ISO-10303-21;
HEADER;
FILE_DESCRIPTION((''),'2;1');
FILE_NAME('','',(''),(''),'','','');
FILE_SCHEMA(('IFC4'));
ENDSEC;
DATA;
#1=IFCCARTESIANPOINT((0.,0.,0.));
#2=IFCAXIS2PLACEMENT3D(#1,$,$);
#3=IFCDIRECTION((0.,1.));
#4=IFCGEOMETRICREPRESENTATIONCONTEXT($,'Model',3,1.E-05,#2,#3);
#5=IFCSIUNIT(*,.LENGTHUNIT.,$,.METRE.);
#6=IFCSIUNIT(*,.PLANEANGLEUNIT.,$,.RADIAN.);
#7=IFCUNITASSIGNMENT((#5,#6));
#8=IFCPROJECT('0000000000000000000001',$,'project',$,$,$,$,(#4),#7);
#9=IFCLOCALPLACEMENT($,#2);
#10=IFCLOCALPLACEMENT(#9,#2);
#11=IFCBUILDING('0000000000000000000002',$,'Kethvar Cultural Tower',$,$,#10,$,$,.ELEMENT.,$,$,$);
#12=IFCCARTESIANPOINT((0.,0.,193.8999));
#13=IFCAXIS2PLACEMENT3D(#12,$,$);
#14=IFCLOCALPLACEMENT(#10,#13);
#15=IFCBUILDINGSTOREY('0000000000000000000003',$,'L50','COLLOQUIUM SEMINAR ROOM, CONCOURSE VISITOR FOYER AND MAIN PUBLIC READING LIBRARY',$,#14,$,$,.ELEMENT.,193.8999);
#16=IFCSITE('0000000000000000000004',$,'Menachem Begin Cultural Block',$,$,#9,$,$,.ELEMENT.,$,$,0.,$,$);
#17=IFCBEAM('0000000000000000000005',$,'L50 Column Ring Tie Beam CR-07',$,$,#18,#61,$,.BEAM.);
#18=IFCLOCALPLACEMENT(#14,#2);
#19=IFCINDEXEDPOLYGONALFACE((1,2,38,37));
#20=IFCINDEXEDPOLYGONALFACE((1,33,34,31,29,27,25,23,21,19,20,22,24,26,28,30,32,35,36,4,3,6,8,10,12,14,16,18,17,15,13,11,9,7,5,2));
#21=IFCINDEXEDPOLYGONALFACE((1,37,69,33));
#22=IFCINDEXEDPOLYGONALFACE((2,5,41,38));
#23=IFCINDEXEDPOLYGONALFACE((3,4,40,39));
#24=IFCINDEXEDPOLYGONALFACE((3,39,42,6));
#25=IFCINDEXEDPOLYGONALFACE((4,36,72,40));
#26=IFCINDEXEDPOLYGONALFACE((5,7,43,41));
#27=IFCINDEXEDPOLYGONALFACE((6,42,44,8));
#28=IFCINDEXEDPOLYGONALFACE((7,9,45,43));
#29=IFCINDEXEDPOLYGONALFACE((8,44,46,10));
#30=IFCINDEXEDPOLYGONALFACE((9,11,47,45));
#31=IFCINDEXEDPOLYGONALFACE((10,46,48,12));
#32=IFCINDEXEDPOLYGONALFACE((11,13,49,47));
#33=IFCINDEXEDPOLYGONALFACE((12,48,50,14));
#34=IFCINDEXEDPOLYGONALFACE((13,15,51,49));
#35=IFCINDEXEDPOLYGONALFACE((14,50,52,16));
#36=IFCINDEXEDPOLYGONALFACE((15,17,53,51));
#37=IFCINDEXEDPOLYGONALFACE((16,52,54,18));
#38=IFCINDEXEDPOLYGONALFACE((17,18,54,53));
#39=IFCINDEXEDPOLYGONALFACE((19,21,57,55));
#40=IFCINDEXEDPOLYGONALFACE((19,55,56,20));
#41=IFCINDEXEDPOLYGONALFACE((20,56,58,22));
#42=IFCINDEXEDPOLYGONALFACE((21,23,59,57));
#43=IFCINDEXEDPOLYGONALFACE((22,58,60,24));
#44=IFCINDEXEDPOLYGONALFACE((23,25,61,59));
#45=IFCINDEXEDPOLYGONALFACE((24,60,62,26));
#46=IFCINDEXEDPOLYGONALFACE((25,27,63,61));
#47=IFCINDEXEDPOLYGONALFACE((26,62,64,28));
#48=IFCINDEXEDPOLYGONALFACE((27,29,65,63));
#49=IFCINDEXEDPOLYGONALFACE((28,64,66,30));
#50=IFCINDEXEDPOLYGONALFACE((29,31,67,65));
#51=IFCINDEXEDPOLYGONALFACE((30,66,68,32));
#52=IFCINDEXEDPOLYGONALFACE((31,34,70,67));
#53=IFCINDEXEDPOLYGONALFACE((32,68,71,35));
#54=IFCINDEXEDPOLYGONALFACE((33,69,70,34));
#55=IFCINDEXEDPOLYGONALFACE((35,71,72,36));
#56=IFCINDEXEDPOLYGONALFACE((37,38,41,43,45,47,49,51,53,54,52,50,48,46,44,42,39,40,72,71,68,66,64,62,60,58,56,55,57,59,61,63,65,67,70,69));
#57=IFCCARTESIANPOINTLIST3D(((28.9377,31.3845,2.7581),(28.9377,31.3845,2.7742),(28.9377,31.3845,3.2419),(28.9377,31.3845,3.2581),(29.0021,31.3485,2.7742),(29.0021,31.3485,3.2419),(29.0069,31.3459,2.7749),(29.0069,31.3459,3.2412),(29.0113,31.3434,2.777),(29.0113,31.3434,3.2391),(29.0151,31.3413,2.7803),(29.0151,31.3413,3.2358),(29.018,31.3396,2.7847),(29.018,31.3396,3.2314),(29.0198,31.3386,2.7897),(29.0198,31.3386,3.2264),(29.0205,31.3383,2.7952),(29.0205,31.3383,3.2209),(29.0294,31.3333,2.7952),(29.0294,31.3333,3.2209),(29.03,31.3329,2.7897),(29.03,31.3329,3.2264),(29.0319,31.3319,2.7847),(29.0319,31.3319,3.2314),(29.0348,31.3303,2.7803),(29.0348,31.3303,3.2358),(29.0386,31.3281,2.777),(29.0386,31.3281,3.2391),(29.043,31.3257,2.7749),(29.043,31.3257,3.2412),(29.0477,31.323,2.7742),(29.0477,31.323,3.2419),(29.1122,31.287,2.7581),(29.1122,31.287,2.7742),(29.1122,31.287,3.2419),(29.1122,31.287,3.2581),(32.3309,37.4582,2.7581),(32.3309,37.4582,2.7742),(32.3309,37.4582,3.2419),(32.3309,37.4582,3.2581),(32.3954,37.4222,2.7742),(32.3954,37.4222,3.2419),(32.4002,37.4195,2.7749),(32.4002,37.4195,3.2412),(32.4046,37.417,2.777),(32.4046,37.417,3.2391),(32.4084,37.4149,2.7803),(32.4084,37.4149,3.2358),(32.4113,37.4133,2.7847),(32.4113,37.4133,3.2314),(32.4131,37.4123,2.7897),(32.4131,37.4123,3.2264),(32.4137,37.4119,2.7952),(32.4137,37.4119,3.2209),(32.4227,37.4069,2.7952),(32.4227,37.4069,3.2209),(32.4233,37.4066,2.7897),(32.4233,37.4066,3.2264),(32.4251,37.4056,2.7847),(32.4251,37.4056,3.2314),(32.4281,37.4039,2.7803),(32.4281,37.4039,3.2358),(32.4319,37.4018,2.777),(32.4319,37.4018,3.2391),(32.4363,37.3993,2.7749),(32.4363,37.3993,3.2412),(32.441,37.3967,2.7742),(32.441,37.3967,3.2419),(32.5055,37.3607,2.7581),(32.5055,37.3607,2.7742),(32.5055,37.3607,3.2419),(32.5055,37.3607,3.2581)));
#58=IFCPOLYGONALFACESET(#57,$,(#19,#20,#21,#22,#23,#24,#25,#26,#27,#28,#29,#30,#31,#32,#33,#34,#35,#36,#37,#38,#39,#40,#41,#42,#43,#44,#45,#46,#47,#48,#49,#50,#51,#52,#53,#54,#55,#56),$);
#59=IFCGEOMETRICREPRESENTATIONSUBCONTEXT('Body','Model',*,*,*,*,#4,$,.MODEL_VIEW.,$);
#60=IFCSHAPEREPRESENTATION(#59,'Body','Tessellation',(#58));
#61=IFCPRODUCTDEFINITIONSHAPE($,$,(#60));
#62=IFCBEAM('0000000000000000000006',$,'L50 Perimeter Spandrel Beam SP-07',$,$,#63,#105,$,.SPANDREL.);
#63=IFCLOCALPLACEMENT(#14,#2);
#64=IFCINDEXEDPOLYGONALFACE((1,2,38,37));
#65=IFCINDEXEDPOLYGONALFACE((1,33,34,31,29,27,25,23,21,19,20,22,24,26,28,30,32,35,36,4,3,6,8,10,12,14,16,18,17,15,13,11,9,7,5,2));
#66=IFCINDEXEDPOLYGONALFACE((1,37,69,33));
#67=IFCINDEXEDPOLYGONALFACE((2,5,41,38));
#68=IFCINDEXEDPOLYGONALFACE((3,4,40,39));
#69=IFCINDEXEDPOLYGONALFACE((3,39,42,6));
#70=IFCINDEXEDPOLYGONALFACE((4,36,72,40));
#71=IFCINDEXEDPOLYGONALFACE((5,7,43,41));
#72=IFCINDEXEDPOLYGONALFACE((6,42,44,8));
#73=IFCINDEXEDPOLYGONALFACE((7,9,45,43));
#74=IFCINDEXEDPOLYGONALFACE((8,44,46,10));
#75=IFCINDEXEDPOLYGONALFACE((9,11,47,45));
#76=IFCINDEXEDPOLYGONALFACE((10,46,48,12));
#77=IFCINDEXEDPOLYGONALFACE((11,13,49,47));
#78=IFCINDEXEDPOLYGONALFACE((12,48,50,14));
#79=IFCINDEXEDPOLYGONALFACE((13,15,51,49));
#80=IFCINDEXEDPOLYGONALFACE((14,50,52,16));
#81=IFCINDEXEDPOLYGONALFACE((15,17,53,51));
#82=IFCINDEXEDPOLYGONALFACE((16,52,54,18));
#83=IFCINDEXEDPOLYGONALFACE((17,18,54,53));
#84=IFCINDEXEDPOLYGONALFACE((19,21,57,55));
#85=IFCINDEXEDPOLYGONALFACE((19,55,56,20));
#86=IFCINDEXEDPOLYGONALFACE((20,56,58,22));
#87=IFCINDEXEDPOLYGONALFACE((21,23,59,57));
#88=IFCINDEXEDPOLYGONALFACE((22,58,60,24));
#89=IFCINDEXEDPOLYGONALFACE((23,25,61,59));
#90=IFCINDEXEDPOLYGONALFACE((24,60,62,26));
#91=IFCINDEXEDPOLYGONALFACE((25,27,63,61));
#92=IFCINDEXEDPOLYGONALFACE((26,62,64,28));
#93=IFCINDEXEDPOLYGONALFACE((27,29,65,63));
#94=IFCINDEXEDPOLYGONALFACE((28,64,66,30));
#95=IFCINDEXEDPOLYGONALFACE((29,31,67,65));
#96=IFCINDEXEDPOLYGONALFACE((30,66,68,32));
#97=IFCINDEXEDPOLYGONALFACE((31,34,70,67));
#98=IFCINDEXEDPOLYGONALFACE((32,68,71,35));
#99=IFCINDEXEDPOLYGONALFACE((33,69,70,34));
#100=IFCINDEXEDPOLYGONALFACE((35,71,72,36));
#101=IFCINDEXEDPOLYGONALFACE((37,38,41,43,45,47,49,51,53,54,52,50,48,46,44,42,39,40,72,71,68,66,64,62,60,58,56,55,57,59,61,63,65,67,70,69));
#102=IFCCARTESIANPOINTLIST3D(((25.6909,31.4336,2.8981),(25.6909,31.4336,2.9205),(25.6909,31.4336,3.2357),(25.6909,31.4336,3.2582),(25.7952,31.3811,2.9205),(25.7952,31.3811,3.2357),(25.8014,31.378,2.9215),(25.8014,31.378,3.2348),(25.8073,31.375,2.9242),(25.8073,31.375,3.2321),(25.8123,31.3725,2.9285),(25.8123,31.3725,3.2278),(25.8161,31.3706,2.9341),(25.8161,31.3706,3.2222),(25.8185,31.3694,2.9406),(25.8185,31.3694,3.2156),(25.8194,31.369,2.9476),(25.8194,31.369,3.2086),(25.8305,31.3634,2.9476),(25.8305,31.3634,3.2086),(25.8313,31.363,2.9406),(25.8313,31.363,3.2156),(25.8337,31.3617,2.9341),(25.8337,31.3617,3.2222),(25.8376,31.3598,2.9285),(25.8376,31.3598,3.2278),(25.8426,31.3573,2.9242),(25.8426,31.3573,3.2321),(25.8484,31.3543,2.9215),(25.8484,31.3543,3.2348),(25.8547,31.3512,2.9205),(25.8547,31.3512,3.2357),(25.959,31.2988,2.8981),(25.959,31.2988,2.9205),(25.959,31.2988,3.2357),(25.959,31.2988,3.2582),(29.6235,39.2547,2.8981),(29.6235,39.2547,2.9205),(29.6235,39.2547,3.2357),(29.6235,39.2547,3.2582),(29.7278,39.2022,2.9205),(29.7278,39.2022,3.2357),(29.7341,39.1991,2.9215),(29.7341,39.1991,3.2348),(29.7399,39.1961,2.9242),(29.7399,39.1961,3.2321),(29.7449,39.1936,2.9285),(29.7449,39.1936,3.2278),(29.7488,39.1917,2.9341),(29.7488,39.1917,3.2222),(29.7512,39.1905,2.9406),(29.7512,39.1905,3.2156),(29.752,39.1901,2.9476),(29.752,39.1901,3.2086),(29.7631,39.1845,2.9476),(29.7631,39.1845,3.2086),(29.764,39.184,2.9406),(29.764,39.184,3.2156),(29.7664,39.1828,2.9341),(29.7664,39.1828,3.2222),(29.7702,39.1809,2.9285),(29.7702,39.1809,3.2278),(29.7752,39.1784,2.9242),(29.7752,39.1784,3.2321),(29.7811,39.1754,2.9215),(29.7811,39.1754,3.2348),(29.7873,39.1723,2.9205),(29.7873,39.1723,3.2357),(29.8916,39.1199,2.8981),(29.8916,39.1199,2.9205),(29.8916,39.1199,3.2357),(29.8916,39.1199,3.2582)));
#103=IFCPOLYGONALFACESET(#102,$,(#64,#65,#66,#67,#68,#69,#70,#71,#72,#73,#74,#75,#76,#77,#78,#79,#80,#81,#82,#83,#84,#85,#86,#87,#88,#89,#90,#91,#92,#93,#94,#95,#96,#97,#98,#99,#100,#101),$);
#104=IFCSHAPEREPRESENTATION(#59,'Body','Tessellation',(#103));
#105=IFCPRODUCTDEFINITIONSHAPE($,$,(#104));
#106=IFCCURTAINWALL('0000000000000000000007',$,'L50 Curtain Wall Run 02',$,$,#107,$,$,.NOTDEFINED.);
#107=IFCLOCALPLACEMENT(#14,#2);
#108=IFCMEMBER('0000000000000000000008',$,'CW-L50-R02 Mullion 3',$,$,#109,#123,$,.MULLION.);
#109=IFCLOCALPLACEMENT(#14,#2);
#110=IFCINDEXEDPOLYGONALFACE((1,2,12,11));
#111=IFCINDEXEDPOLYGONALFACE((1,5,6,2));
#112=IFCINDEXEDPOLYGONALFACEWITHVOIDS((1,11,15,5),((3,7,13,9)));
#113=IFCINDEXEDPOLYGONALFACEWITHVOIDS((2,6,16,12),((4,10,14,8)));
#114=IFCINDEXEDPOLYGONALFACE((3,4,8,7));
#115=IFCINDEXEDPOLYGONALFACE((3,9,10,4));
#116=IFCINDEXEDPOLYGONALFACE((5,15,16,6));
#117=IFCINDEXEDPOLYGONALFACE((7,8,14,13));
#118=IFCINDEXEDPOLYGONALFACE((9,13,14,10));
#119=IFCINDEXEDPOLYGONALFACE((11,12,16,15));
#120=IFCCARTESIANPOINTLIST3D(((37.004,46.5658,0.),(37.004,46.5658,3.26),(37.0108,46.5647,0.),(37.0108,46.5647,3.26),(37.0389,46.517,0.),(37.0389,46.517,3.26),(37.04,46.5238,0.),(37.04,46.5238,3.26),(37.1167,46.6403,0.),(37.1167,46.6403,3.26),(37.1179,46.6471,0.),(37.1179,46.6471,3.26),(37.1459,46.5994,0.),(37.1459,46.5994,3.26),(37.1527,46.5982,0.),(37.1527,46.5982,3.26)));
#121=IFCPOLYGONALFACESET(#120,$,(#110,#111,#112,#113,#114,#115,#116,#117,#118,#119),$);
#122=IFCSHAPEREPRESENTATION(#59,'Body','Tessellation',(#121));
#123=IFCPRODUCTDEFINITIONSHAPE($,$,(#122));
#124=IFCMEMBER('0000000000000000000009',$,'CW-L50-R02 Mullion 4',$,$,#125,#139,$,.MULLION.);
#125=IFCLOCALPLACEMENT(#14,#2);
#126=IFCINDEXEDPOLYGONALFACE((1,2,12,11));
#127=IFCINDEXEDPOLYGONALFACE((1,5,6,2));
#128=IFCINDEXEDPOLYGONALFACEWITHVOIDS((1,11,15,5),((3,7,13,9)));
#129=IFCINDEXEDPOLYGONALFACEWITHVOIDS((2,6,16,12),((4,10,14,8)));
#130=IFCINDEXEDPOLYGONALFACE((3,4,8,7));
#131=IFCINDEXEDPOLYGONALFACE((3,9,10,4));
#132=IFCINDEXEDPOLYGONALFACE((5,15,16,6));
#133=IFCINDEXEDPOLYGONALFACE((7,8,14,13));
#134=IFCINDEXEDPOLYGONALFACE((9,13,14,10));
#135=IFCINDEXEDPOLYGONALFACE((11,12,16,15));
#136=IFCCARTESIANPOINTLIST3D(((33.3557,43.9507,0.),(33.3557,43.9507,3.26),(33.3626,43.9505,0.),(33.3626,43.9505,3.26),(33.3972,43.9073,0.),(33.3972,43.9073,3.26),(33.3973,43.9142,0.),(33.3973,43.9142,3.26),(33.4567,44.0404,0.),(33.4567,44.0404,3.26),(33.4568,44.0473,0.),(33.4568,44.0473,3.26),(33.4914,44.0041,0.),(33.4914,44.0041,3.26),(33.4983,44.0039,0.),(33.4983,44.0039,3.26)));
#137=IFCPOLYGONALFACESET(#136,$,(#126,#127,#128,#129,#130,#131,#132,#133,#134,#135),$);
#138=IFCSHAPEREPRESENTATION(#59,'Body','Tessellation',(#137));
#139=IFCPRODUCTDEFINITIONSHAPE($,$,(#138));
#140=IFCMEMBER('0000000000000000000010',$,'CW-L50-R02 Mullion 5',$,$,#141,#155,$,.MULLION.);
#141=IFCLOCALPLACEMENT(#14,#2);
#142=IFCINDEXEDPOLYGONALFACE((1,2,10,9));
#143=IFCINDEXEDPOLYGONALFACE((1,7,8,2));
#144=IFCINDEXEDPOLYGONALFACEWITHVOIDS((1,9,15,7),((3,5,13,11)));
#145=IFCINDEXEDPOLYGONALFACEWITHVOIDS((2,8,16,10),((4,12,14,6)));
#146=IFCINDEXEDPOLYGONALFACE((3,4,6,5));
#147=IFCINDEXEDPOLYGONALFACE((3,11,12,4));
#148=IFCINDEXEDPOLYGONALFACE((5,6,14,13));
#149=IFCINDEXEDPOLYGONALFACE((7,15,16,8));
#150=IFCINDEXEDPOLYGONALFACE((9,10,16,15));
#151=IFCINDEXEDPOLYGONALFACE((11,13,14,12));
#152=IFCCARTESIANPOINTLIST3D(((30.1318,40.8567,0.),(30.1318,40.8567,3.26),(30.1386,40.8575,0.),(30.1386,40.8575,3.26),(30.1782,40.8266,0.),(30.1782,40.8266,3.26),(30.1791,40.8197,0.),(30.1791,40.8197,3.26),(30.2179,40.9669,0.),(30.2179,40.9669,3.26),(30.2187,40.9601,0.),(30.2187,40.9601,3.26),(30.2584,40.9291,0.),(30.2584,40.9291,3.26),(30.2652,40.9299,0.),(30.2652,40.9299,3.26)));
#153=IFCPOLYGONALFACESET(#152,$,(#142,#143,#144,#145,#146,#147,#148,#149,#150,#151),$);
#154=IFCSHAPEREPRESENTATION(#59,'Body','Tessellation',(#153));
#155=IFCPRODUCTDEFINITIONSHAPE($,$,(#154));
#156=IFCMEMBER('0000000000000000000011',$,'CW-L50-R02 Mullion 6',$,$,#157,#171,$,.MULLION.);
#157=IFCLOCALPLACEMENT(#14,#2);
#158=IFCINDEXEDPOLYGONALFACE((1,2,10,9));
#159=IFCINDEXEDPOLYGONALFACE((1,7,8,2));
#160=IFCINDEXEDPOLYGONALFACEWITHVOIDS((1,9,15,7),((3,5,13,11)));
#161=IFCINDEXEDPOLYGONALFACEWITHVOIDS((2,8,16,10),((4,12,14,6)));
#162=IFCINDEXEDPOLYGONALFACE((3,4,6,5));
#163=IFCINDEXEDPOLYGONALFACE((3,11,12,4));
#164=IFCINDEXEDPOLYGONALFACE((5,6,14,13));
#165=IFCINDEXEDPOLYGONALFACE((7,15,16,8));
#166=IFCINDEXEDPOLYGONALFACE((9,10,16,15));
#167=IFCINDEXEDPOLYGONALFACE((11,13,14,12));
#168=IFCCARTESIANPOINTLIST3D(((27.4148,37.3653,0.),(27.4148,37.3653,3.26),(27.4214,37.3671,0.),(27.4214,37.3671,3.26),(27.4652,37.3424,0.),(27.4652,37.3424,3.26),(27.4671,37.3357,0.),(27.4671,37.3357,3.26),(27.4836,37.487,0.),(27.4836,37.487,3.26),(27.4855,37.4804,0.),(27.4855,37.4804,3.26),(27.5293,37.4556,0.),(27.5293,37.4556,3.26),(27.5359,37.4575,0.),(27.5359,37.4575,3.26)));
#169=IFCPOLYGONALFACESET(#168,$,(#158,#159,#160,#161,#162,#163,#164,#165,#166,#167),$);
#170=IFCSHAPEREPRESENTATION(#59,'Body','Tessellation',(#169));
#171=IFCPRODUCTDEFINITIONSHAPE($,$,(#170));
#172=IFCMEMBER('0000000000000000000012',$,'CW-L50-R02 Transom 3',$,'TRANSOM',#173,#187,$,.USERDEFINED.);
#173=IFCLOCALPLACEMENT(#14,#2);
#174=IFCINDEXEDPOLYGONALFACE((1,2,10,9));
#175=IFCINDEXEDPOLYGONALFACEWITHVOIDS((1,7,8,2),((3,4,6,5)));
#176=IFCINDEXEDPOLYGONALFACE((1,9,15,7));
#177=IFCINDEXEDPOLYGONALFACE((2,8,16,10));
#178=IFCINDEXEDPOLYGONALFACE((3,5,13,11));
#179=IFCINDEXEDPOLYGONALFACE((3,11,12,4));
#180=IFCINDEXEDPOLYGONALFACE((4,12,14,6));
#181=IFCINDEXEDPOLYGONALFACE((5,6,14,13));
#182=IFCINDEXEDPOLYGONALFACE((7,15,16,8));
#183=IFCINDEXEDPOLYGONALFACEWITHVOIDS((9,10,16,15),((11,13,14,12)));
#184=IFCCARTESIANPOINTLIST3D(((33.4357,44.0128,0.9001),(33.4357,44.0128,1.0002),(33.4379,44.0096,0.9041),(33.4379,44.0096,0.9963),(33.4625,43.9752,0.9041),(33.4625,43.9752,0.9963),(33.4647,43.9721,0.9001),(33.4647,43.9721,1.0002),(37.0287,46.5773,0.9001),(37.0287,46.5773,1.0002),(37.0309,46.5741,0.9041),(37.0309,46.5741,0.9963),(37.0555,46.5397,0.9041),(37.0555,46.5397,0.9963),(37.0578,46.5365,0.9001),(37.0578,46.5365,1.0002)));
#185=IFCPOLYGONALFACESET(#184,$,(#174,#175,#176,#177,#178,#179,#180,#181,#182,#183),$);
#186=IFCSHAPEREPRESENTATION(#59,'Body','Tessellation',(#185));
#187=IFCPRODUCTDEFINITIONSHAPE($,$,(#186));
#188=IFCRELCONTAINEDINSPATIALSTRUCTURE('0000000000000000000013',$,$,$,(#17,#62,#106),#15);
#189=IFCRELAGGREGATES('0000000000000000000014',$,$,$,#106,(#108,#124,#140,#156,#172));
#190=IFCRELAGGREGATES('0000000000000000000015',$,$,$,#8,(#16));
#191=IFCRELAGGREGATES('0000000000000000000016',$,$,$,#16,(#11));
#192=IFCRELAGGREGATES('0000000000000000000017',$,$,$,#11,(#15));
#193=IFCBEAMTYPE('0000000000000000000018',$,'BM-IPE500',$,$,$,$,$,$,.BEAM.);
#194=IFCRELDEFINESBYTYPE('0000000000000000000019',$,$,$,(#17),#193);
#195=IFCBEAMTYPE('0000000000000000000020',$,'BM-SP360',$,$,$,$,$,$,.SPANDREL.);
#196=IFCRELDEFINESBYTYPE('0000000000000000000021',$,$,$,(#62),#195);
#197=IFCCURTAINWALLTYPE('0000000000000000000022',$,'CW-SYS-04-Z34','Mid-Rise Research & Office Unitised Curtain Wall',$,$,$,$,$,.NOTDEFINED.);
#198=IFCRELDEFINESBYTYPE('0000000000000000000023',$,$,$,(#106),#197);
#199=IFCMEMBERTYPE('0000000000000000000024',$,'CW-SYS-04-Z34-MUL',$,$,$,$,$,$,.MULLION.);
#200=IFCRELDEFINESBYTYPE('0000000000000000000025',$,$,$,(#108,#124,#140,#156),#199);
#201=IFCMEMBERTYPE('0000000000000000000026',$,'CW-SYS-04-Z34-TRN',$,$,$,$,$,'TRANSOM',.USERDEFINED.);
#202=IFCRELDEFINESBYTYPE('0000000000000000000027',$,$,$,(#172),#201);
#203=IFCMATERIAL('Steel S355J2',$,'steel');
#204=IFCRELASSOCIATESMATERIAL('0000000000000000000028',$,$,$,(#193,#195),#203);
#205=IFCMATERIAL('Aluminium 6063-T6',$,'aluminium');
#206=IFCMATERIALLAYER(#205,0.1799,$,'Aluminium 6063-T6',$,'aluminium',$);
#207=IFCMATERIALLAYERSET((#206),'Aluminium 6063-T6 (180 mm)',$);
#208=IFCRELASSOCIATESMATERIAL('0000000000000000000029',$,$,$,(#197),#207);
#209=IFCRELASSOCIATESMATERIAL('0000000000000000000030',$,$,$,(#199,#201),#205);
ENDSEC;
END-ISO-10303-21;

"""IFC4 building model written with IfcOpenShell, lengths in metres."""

from ifc_helpers import new_model, si_unit, direction, frame, origin, origin_2d, place, context, subcontext, project, spatial, hollow_rectangle, i_section, extrude, source, transform, mapped, material, layer, layer_set, material_profile, profile_set, type_object, element, aggregate, save


model = new_model("IFC4")

# Units and contexts
model_context = context("Model", 3, precision=1e-05, world=origin(), true_north=direction((0.0, 1.0)))
body_context = subcontext(model_context, "Body", "Model", "MODEL_VIEW")
ifc_project = project(units=[si_unit("LENGTHUNIT", "METRE"), si_unit("PLANEANGLEUNIT", "RADIAN")], contexts=[model_context])

# Site, building, storey
site_placement = place(None, origin())
site = spatial("IfcSite", under=ifc_project, at=site_placement, Name="Menachem Begin Cultural Block", CompositionType="ELEMENT", RefElevation=0.0)
building_placement = place(site_placement, origin())
building = spatial("IfcBuilding", under=site, at=building_placement, Name="Kethvar Cultural Tower", CompositionType="ELEMENT")
storey_placement = place(building_placement, frame((0.0, 0.0, 193.8999)))
storey = spatial("IfcBuildingStorey", under=building, at=storey_placement, Name="L50", Description="COLLOQUIUM SEMINAR ROOM, CONCOURSE VISITOR FOYER AND MAIN PUBLIC READING LIBRARY", CompositionType="ELEMENT", Elevation=193.8999)

# Beams
ifc_material_1 = material(Name="Steel S355J2", Category="steel")
ifc_material_profile_1 = material_profile(ifc_material_1, i_section(OverallWidth=0.2, OverallDepth=0.5, WebThickness=0.0103, FlangeThickness=0.0161, FilletRadius=0.021, at=origin_2d()), Name="Steel S355J2 — IPE500")
ifc_profile_set_1 = profile_set([ifc_material_profile_1], Name="Steel S355J2 — IPE500")
beam_type_1 = type_object("IfcBeamType", Name="BM-IPE500", PredefinedType="BEAM", material=ifc_profile_set_1)
ifc_material_profile_2 = material_profile(ifc_material_1, i_section(OverallWidth=0.3, OverallDepth=0.3601, WebThickness=0.0125, FlangeThickness=0.0225, FilletRadius=0.0271, at=origin_2d()), Name="Steel S355J2 — HEB360")
ifc_profile_set_2 = profile_set([ifc_material_profile_2], Name="Steel S355J2 — HEB360")
beam_type_2 = type_object("IfcBeamType", Name="BM-SP360", PredefinedType="SPANDREL", material=ifc_profile_set_2)
shared_shape_1 = source(origin(), body_context, "Body", "SweptSolid", [
    extrude(i_section(OverallWidth=0.2, OverallDepth=0.5, WebThickness=0.0103, FlangeThickness=0.0161, FilletRadius=0.021, at=origin_2d()), origin(), (0.0, 0.0, 1.0), 6.9573),
])
beam_1_placement = place(storey_placement, frame((32.4182, 37.4094, 3.0081), z_axis=(-0.48773, -0.872994, 0.0), x_axis=(0.872994, -0.48773, 0.0)))
element("IfcBeam", 1, at=beam_1_placement, inside=storey, type_object=beam_type_1, Name="L50 Column Ring Tie Beam CR-07", PredefinedType="BEAM", context=body_context, shape_type="MappedRepresentation", body=[
    mapped(shared_shape_1, transform((0.0, 0.0, 0.0), scale=1.0)),
])
shared_shape_2 = source(origin(), body_context, "Body", "SweptSolid", [
    extrude(i_section(OverallWidth=0.3, OverallDepth=0.3601, WebThickness=0.0125, FlangeThickness=0.0225, FilletRadius=0.0271, at=origin_2d()), origin(), (0.0, 0.0, 1.0), 8.7542),
])
beam_2_placement = place(storey_placement, frame((29.7576, 39.1873, 3.0781), z_axis=(-0.449232, -0.893415, 0.0), x_axis=(0.893415, -0.449232, 0.0)))
element("IfcBeam", 2, at=beam_2_placement, inside=storey, type_object=beam_type_2, Name="L50 Perimeter Spandrel Beam SP-07", PredefinedType="SPANDREL", context=body_context, shape_type="MappedRepresentation", body=[
    mapped(shared_shape_2, transform((0.0, 0.0, 0.0), scale=1.0)),
])

# Curtain wall, members
ifc_material_2 = material(Name="Aluminium 6063-T6", Category="aluminium")
ifc_layer_1 = layer(ifc_material_2, 0.1799, Name="Aluminium 6063-T6", Category="aluminium")
ifc_layer_set_1 = layer_set([ifc_layer_1], Name="Aluminium 6063-T6 (180 mm)")
curtain_wall_type = type_object("IfcCurtainWallType", Name="CW-SYS-04-Z34", Description="Mid-Rise Research & Office Unitised Curtain Wall", PredefinedType="NOTDEFINED", material=ifc_layer_set_1)
curtain_wall_placement = place(storey_placement, origin())
curtain_wall = element("IfcCurtainWall", 3, at=curtain_wall_placement, inside=storey, type_object=curtain_wall_type, Name="L50 Curtain Wall Run 02", PredefinedType="NOTDEFINED")
ifc_material_profile_3 = material_profile(ifc_material_2, hollow_rectangle(XDim=0.0601, YDim=0.1399, WallThickness=0.0049, at=origin_2d()), Name="Aluminium 6063-T6 — RHS140x60x5")
ifc_profile_set_3 = profile_set([ifc_material_profile_3], Name="Aluminium 6063-T6 — RHS140x60x5")
member_type_1 = type_object("IfcMemberType", Name="CW-SYS-04-Z34-MUL", PredefinedType="MULLION", material=ifc_profile_set_3)
shared_shape_3 = source(origin(), body_context, "Body", "SweptSolid", [
    extrude(hollow_rectangle(XDim=0.0601, YDim=0.1399, WallThickness=0.0049, at=origin_2d()), origin(), (0.0, 0.0, 1.0), 3.26),
])
member_1_placement = place(storey_placement, frame((37.0784, 46.582, 0.0), z_axis=(0.0, 0.0, 1.0), x_axis=(0.58093, -0.813953, 0.0)))
member_1 = element("IfcMember", 4, at=member_1_placement, type_object=member_type_1, Name="CW-L50-R02 Mullion 3", PredefinedType="MULLION", context=body_context, shape_type="MappedRepresentation", body=[
    mapped(shared_shape_3, transform((0.0, 0.0, 0.0), scale=1.0)),
])
member_2_placement = place(storey_placement, frame((33.427, 43.9773, 0.0), z_axis=(0.0, 0.0, 1.0), x_axis=(0.690908, -0.722943, 0.0)))
member_2 = element("IfcMember", 5, at=member_2_placement, type_object=member_type_1, Name="CW-L50-R02 Mullion 4", PredefinedType="MULLION", context=body_context, shape_type="MappedRepresentation", body=[
    mapped(shared_shape_3, transform((0.0, 0.0, 0.0), scale=1.0)),
])
member_3_placement = place(storey_placement, frame((30.1985, 40.8933, 0.0), z_axis=(0.0, 0.0, 1.0), x_axis=(0.787893, -0.615813, 0.0)))
member_3 = element("IfcMember", 6, at=member_3_placement, type_object=member_type_1, Name="CW-L50-R02 Mullion 5", PredefinedType="MULLION", context=body_context, shape_type="MappedRepresentation", body=[
    mapped(shared_shape_3, transform((0.0, 0.0, 0.0), scale=1.0)),
])
member_4_placement = place(storey_placement, frame((27.4753, 37.4114, 0.0), z_axis=(0.0, 0.0, 1.0), x_axis=(0.870528, -0.49212, 0.0)))
member_4 = element("IfcMember", 7, at=member_4_placement, type_object=member_type_1, Name="CW-L50-R02 Mullion 6", PredefinedType="MULLION", context=body_context, shape_type="MappedRepresentation", body=[
    mapped(shared_shape_3, transform((0.0, 0.0, 0.0), scale=1.0)),
])
ifc_material_profile_4 = material_profile(ifc_material_2, hollow_rectangle(XDim=0.05, YDim=0.1001, WallThickness=0.0039, at=origin_2d()), Name="Aluminium 6063-T6 — RHS100x50x4")
ifc_profile_set_4 = profile_set([ifc_material_profile_4], Name="Aluminium 6063-T6 — RHS100x50x4")
member_type_2 = type_object("IfcMemberType", Name="CW-SYS-04-Z34-TRN", ElementType="TRANSOM", PredefinedType="USERDEFINED", material=ifc_profile_set_4)
shared_shape_4 = source(origin(), body_context, "Body", "SweptSolid", [
    extrude(hollow_rectangle(XDim=0.05, YDim=0.1001, WallThickness=0.0039, at=origin_2d()), origin(), (0.0, 0.0, 1.0), 4.4143),
])
member_5_placement = place(storey_placement, frame((37.0432, 46.5569, 0.9502), z_axis=(-0.813946, -0.58094, 0.0), x_axis=(0.58094, -0.813946, 0.0)))
member_5 = element("IfcMember", 8, at=member_5_placement, type_object=member_type_2, Name="CW-L50-R02 Transom 3", ObjectType="TRANSOM", PredefinedType="USERDEFINED", context=body_context, shape_type="MappedRepresentation", body=[
    mapped(shared_shape_4, transform((0.0, 0.0, 0.0), scale=1.0)),
])
aggregate(curtain_wall, [member_1, member_2, member_3, member_4, member_5])

save(model, "model.ifc")
